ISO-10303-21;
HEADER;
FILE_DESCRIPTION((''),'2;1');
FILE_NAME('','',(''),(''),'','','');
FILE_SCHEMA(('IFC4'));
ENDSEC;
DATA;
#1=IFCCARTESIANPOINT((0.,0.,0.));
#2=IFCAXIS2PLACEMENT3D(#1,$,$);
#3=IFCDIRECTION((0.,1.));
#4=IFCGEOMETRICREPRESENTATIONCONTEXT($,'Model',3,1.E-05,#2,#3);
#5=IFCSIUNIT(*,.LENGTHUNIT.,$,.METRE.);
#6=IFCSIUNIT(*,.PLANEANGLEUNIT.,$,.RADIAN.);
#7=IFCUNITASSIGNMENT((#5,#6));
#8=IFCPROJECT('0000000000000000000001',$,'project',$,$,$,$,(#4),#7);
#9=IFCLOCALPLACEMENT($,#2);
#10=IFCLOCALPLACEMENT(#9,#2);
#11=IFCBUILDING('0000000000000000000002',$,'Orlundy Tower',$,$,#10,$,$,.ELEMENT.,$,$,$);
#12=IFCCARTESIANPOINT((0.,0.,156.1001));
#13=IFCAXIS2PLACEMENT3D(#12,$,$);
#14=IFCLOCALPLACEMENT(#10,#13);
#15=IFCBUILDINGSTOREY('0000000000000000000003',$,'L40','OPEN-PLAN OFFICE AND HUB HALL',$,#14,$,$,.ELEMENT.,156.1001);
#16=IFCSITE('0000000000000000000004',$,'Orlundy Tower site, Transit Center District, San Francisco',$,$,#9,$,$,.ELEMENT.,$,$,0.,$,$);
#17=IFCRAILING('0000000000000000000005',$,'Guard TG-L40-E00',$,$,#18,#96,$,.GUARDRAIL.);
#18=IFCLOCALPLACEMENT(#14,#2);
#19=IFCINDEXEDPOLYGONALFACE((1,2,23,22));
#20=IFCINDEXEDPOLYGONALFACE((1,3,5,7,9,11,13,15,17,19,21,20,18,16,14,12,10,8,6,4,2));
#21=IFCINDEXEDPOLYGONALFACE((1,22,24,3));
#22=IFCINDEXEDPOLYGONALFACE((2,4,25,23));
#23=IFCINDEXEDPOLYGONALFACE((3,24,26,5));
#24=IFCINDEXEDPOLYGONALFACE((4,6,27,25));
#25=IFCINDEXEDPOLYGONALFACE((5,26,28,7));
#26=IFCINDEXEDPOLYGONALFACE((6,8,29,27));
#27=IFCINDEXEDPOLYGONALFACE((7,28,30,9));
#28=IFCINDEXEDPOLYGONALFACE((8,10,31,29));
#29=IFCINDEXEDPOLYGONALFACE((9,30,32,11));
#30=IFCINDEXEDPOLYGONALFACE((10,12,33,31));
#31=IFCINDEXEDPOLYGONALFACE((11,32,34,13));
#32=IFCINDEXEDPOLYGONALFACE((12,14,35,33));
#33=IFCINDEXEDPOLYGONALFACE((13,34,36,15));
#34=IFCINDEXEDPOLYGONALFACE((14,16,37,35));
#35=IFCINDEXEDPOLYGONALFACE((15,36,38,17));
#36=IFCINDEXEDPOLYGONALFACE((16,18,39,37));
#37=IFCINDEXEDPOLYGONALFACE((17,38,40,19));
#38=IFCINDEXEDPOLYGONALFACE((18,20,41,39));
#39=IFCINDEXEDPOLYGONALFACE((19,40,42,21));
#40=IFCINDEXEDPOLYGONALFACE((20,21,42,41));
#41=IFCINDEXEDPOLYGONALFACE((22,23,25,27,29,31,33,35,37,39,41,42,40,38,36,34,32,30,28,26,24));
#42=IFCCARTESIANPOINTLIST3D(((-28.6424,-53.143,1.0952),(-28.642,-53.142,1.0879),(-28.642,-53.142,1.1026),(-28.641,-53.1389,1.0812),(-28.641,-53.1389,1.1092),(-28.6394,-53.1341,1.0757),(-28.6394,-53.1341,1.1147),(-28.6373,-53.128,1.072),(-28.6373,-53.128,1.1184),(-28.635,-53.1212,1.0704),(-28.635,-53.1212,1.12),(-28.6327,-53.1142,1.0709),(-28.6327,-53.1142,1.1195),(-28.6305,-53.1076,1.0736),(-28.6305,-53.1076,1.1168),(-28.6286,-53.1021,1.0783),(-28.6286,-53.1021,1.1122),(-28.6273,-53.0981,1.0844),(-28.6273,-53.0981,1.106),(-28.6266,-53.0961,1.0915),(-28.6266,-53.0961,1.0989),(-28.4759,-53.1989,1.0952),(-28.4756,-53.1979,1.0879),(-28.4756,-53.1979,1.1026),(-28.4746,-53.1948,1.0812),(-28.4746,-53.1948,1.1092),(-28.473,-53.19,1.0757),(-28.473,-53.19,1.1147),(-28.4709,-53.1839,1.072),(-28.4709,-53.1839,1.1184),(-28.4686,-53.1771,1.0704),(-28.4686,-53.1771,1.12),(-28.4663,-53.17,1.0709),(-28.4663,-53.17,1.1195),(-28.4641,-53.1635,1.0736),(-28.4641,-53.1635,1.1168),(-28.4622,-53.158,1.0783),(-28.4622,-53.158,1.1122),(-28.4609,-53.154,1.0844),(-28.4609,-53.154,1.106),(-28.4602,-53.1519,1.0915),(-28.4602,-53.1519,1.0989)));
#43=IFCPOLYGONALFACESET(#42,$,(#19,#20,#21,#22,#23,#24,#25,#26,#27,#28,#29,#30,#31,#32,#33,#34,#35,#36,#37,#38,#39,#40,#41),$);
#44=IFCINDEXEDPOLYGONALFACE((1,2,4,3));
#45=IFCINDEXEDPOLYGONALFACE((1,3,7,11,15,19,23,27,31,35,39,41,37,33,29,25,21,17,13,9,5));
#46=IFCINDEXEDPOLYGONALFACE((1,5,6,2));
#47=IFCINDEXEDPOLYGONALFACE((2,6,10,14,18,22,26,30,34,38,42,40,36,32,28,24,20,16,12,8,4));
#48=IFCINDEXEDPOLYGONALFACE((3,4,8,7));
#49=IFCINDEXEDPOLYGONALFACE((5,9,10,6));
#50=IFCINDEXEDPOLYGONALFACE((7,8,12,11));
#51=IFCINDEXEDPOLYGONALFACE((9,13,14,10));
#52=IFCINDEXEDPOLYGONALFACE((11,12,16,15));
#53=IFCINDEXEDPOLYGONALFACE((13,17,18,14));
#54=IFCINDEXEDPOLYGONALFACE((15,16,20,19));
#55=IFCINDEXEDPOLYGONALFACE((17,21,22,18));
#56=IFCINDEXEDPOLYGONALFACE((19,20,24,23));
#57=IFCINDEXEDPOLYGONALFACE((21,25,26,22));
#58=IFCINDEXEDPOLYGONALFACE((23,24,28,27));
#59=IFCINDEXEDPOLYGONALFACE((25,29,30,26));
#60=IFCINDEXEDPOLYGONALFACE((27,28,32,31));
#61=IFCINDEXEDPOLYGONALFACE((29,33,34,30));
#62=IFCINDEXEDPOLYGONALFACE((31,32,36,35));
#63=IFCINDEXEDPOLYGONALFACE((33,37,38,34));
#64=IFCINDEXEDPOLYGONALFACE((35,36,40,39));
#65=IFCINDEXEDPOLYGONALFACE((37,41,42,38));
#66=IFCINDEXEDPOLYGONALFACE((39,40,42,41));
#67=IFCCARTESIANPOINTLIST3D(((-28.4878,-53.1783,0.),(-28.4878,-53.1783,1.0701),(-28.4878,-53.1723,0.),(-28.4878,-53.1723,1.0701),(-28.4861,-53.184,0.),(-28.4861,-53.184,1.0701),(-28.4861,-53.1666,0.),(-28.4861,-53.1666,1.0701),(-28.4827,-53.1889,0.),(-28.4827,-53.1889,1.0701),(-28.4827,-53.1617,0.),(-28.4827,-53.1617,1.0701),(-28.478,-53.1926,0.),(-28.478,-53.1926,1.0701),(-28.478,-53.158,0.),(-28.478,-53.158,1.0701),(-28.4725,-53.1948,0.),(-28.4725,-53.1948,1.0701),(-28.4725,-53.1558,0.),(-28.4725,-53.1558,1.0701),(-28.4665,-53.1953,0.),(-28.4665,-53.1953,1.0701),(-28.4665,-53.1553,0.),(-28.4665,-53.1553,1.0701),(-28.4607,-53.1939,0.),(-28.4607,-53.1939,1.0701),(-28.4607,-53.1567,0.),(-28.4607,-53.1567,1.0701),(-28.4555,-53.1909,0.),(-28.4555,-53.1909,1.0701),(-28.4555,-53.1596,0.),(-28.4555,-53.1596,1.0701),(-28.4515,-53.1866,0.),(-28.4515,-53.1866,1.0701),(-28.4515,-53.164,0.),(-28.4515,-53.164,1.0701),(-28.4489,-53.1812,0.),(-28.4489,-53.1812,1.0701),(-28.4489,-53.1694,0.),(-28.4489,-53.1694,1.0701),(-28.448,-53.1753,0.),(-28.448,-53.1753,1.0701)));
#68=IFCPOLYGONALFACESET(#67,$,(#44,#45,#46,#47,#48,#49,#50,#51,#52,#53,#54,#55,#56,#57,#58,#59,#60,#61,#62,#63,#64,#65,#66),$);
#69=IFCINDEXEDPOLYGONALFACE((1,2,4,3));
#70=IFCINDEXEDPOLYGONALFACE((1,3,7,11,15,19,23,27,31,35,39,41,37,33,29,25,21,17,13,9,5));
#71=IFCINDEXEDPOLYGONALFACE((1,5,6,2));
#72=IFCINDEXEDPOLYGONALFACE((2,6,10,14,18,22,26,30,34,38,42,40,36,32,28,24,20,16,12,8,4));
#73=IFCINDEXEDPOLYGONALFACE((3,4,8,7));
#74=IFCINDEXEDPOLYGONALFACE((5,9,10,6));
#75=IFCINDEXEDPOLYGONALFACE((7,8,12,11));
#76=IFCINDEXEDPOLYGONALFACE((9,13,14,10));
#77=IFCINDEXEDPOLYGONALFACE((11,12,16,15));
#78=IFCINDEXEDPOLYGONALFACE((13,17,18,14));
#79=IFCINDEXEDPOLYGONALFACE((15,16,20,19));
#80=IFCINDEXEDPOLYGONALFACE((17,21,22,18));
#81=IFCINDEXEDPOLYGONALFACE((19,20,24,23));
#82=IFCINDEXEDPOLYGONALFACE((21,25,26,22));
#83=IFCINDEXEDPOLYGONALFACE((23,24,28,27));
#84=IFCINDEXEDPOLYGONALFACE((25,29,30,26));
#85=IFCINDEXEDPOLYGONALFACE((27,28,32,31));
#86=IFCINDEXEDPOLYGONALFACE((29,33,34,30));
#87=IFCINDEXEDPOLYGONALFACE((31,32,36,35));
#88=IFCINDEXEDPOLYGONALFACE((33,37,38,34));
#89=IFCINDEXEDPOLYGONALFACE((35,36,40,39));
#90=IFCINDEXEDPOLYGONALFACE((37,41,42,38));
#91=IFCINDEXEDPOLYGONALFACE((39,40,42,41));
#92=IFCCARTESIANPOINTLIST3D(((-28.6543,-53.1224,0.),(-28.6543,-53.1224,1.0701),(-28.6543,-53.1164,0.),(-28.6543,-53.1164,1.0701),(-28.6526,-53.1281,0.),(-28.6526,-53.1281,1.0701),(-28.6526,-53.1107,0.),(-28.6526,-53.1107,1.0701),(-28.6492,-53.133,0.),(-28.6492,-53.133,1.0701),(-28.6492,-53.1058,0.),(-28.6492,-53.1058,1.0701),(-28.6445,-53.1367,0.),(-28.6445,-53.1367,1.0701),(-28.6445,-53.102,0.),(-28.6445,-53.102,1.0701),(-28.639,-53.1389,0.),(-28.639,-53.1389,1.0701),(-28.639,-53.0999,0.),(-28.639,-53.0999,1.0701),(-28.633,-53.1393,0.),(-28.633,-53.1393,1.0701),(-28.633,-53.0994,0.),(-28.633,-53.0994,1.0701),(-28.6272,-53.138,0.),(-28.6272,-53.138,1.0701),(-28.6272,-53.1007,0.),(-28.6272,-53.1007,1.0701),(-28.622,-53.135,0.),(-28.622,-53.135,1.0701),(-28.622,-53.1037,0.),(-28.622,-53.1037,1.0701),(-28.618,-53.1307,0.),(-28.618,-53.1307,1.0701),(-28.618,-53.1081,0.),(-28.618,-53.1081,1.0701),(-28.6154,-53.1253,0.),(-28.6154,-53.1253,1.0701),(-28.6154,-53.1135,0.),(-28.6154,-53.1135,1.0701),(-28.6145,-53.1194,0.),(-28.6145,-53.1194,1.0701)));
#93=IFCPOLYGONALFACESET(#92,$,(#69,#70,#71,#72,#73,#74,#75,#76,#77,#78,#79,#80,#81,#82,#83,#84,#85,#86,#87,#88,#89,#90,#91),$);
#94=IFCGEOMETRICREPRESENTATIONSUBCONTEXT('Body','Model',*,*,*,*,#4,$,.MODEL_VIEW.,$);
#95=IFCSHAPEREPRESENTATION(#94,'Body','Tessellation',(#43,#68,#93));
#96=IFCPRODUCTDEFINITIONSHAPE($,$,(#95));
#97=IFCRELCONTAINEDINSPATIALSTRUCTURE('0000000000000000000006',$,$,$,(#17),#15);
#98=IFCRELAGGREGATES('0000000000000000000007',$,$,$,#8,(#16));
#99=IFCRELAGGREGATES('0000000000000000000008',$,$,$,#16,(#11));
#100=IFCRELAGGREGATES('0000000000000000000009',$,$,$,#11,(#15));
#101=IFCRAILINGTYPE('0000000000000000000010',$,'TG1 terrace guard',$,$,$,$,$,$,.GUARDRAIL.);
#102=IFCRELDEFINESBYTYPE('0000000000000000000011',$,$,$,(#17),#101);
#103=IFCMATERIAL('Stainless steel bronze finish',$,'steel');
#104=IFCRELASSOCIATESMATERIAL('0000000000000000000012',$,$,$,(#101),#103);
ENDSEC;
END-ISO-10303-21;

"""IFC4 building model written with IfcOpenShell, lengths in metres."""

from ifc_helpers import new_model, si_unit, direction, frame, origin, origin_2d, place, context, subcontext, project, spatial, circle, extrude, material, type_object, element, save


model = new_model("IFC4")

# Units and contexts
model_context = context("Model", 3, precision=1e-05, world=origin(), true_north=direction((0.0, 1.0)))
body_context = subcontext(model_context, "Body", "Model", "MODEL_VIEW")
ifc_project = project(units=[si_unit("LENGTHUNIT", "METRE"), si_unit("PLANEANGLEUNIT", "RADIAN")], contexts=[model_context])

# Site, building, storey
site_placement = place(None, origin())
site = spatial("IfcSite", under=ifc_project, at=site_placement, Name="Orlundy Tower site, Transit Center District, San Francisco", CompositionType="ELEMENT", RefElevation=0.0)
building_placement = place(site_placement, origin())
building = spatial("IfcBuilding", under=site, at=building_placement, Name="Orlundy Tower", CompositionType="ELEMENT")
storey_placement = place(building_placement, frame((0.0, 0.0, 156.1001)))
storey = spatial("IfcBuildingStorey", under=building, at=storey_placement, Name="L40", Description="OPEN-PLAN OFFICE AND HUB HALL", CompositionType="ELEMENT", Elevation=156.1001)

# Railing
ifc_material_1 = material(Name="Stainless steel bronze finish", Category="steel")
railing_type = type_object("IfcRailingType", Name="TG1 terrace guard", PredefinedType="GUARDRAIL", material=ifc_material_1)
railing_placement = place(storey_placement, frame((-28.468, -53.1753, 0.0)))
element("IfcRailing", 1, at=railing_placement, inside=storey, type_object=railing_type, Name="Guard TG-L40-E00", PredefinedType="GUARDRAIL", context=body_context, shape_type="SweptSolid", body=[
    extrude(circle(Radius=0.0249, at=origin_2d()), frame((0.0, 0.0, 1.0952), z_axis=(-0.947986, 0.318312, 0.0), x_axis=(-0.318312, -0.947986, 0.0)), (0.0, 0.0, 1.0), 0.1755),
    extrude(circle(Radius=0.02, at=origin_2d()), origin(), (0.0, 0.0, 1.0), 1.0701),
    extrude(circle(Radius=0.02, at=origin_2d()), frame((-0.1665, 0.0559, 0.0)), (0.0, 0.0, 1.0), 1.0701),
])

save(model, "model.ifc")
